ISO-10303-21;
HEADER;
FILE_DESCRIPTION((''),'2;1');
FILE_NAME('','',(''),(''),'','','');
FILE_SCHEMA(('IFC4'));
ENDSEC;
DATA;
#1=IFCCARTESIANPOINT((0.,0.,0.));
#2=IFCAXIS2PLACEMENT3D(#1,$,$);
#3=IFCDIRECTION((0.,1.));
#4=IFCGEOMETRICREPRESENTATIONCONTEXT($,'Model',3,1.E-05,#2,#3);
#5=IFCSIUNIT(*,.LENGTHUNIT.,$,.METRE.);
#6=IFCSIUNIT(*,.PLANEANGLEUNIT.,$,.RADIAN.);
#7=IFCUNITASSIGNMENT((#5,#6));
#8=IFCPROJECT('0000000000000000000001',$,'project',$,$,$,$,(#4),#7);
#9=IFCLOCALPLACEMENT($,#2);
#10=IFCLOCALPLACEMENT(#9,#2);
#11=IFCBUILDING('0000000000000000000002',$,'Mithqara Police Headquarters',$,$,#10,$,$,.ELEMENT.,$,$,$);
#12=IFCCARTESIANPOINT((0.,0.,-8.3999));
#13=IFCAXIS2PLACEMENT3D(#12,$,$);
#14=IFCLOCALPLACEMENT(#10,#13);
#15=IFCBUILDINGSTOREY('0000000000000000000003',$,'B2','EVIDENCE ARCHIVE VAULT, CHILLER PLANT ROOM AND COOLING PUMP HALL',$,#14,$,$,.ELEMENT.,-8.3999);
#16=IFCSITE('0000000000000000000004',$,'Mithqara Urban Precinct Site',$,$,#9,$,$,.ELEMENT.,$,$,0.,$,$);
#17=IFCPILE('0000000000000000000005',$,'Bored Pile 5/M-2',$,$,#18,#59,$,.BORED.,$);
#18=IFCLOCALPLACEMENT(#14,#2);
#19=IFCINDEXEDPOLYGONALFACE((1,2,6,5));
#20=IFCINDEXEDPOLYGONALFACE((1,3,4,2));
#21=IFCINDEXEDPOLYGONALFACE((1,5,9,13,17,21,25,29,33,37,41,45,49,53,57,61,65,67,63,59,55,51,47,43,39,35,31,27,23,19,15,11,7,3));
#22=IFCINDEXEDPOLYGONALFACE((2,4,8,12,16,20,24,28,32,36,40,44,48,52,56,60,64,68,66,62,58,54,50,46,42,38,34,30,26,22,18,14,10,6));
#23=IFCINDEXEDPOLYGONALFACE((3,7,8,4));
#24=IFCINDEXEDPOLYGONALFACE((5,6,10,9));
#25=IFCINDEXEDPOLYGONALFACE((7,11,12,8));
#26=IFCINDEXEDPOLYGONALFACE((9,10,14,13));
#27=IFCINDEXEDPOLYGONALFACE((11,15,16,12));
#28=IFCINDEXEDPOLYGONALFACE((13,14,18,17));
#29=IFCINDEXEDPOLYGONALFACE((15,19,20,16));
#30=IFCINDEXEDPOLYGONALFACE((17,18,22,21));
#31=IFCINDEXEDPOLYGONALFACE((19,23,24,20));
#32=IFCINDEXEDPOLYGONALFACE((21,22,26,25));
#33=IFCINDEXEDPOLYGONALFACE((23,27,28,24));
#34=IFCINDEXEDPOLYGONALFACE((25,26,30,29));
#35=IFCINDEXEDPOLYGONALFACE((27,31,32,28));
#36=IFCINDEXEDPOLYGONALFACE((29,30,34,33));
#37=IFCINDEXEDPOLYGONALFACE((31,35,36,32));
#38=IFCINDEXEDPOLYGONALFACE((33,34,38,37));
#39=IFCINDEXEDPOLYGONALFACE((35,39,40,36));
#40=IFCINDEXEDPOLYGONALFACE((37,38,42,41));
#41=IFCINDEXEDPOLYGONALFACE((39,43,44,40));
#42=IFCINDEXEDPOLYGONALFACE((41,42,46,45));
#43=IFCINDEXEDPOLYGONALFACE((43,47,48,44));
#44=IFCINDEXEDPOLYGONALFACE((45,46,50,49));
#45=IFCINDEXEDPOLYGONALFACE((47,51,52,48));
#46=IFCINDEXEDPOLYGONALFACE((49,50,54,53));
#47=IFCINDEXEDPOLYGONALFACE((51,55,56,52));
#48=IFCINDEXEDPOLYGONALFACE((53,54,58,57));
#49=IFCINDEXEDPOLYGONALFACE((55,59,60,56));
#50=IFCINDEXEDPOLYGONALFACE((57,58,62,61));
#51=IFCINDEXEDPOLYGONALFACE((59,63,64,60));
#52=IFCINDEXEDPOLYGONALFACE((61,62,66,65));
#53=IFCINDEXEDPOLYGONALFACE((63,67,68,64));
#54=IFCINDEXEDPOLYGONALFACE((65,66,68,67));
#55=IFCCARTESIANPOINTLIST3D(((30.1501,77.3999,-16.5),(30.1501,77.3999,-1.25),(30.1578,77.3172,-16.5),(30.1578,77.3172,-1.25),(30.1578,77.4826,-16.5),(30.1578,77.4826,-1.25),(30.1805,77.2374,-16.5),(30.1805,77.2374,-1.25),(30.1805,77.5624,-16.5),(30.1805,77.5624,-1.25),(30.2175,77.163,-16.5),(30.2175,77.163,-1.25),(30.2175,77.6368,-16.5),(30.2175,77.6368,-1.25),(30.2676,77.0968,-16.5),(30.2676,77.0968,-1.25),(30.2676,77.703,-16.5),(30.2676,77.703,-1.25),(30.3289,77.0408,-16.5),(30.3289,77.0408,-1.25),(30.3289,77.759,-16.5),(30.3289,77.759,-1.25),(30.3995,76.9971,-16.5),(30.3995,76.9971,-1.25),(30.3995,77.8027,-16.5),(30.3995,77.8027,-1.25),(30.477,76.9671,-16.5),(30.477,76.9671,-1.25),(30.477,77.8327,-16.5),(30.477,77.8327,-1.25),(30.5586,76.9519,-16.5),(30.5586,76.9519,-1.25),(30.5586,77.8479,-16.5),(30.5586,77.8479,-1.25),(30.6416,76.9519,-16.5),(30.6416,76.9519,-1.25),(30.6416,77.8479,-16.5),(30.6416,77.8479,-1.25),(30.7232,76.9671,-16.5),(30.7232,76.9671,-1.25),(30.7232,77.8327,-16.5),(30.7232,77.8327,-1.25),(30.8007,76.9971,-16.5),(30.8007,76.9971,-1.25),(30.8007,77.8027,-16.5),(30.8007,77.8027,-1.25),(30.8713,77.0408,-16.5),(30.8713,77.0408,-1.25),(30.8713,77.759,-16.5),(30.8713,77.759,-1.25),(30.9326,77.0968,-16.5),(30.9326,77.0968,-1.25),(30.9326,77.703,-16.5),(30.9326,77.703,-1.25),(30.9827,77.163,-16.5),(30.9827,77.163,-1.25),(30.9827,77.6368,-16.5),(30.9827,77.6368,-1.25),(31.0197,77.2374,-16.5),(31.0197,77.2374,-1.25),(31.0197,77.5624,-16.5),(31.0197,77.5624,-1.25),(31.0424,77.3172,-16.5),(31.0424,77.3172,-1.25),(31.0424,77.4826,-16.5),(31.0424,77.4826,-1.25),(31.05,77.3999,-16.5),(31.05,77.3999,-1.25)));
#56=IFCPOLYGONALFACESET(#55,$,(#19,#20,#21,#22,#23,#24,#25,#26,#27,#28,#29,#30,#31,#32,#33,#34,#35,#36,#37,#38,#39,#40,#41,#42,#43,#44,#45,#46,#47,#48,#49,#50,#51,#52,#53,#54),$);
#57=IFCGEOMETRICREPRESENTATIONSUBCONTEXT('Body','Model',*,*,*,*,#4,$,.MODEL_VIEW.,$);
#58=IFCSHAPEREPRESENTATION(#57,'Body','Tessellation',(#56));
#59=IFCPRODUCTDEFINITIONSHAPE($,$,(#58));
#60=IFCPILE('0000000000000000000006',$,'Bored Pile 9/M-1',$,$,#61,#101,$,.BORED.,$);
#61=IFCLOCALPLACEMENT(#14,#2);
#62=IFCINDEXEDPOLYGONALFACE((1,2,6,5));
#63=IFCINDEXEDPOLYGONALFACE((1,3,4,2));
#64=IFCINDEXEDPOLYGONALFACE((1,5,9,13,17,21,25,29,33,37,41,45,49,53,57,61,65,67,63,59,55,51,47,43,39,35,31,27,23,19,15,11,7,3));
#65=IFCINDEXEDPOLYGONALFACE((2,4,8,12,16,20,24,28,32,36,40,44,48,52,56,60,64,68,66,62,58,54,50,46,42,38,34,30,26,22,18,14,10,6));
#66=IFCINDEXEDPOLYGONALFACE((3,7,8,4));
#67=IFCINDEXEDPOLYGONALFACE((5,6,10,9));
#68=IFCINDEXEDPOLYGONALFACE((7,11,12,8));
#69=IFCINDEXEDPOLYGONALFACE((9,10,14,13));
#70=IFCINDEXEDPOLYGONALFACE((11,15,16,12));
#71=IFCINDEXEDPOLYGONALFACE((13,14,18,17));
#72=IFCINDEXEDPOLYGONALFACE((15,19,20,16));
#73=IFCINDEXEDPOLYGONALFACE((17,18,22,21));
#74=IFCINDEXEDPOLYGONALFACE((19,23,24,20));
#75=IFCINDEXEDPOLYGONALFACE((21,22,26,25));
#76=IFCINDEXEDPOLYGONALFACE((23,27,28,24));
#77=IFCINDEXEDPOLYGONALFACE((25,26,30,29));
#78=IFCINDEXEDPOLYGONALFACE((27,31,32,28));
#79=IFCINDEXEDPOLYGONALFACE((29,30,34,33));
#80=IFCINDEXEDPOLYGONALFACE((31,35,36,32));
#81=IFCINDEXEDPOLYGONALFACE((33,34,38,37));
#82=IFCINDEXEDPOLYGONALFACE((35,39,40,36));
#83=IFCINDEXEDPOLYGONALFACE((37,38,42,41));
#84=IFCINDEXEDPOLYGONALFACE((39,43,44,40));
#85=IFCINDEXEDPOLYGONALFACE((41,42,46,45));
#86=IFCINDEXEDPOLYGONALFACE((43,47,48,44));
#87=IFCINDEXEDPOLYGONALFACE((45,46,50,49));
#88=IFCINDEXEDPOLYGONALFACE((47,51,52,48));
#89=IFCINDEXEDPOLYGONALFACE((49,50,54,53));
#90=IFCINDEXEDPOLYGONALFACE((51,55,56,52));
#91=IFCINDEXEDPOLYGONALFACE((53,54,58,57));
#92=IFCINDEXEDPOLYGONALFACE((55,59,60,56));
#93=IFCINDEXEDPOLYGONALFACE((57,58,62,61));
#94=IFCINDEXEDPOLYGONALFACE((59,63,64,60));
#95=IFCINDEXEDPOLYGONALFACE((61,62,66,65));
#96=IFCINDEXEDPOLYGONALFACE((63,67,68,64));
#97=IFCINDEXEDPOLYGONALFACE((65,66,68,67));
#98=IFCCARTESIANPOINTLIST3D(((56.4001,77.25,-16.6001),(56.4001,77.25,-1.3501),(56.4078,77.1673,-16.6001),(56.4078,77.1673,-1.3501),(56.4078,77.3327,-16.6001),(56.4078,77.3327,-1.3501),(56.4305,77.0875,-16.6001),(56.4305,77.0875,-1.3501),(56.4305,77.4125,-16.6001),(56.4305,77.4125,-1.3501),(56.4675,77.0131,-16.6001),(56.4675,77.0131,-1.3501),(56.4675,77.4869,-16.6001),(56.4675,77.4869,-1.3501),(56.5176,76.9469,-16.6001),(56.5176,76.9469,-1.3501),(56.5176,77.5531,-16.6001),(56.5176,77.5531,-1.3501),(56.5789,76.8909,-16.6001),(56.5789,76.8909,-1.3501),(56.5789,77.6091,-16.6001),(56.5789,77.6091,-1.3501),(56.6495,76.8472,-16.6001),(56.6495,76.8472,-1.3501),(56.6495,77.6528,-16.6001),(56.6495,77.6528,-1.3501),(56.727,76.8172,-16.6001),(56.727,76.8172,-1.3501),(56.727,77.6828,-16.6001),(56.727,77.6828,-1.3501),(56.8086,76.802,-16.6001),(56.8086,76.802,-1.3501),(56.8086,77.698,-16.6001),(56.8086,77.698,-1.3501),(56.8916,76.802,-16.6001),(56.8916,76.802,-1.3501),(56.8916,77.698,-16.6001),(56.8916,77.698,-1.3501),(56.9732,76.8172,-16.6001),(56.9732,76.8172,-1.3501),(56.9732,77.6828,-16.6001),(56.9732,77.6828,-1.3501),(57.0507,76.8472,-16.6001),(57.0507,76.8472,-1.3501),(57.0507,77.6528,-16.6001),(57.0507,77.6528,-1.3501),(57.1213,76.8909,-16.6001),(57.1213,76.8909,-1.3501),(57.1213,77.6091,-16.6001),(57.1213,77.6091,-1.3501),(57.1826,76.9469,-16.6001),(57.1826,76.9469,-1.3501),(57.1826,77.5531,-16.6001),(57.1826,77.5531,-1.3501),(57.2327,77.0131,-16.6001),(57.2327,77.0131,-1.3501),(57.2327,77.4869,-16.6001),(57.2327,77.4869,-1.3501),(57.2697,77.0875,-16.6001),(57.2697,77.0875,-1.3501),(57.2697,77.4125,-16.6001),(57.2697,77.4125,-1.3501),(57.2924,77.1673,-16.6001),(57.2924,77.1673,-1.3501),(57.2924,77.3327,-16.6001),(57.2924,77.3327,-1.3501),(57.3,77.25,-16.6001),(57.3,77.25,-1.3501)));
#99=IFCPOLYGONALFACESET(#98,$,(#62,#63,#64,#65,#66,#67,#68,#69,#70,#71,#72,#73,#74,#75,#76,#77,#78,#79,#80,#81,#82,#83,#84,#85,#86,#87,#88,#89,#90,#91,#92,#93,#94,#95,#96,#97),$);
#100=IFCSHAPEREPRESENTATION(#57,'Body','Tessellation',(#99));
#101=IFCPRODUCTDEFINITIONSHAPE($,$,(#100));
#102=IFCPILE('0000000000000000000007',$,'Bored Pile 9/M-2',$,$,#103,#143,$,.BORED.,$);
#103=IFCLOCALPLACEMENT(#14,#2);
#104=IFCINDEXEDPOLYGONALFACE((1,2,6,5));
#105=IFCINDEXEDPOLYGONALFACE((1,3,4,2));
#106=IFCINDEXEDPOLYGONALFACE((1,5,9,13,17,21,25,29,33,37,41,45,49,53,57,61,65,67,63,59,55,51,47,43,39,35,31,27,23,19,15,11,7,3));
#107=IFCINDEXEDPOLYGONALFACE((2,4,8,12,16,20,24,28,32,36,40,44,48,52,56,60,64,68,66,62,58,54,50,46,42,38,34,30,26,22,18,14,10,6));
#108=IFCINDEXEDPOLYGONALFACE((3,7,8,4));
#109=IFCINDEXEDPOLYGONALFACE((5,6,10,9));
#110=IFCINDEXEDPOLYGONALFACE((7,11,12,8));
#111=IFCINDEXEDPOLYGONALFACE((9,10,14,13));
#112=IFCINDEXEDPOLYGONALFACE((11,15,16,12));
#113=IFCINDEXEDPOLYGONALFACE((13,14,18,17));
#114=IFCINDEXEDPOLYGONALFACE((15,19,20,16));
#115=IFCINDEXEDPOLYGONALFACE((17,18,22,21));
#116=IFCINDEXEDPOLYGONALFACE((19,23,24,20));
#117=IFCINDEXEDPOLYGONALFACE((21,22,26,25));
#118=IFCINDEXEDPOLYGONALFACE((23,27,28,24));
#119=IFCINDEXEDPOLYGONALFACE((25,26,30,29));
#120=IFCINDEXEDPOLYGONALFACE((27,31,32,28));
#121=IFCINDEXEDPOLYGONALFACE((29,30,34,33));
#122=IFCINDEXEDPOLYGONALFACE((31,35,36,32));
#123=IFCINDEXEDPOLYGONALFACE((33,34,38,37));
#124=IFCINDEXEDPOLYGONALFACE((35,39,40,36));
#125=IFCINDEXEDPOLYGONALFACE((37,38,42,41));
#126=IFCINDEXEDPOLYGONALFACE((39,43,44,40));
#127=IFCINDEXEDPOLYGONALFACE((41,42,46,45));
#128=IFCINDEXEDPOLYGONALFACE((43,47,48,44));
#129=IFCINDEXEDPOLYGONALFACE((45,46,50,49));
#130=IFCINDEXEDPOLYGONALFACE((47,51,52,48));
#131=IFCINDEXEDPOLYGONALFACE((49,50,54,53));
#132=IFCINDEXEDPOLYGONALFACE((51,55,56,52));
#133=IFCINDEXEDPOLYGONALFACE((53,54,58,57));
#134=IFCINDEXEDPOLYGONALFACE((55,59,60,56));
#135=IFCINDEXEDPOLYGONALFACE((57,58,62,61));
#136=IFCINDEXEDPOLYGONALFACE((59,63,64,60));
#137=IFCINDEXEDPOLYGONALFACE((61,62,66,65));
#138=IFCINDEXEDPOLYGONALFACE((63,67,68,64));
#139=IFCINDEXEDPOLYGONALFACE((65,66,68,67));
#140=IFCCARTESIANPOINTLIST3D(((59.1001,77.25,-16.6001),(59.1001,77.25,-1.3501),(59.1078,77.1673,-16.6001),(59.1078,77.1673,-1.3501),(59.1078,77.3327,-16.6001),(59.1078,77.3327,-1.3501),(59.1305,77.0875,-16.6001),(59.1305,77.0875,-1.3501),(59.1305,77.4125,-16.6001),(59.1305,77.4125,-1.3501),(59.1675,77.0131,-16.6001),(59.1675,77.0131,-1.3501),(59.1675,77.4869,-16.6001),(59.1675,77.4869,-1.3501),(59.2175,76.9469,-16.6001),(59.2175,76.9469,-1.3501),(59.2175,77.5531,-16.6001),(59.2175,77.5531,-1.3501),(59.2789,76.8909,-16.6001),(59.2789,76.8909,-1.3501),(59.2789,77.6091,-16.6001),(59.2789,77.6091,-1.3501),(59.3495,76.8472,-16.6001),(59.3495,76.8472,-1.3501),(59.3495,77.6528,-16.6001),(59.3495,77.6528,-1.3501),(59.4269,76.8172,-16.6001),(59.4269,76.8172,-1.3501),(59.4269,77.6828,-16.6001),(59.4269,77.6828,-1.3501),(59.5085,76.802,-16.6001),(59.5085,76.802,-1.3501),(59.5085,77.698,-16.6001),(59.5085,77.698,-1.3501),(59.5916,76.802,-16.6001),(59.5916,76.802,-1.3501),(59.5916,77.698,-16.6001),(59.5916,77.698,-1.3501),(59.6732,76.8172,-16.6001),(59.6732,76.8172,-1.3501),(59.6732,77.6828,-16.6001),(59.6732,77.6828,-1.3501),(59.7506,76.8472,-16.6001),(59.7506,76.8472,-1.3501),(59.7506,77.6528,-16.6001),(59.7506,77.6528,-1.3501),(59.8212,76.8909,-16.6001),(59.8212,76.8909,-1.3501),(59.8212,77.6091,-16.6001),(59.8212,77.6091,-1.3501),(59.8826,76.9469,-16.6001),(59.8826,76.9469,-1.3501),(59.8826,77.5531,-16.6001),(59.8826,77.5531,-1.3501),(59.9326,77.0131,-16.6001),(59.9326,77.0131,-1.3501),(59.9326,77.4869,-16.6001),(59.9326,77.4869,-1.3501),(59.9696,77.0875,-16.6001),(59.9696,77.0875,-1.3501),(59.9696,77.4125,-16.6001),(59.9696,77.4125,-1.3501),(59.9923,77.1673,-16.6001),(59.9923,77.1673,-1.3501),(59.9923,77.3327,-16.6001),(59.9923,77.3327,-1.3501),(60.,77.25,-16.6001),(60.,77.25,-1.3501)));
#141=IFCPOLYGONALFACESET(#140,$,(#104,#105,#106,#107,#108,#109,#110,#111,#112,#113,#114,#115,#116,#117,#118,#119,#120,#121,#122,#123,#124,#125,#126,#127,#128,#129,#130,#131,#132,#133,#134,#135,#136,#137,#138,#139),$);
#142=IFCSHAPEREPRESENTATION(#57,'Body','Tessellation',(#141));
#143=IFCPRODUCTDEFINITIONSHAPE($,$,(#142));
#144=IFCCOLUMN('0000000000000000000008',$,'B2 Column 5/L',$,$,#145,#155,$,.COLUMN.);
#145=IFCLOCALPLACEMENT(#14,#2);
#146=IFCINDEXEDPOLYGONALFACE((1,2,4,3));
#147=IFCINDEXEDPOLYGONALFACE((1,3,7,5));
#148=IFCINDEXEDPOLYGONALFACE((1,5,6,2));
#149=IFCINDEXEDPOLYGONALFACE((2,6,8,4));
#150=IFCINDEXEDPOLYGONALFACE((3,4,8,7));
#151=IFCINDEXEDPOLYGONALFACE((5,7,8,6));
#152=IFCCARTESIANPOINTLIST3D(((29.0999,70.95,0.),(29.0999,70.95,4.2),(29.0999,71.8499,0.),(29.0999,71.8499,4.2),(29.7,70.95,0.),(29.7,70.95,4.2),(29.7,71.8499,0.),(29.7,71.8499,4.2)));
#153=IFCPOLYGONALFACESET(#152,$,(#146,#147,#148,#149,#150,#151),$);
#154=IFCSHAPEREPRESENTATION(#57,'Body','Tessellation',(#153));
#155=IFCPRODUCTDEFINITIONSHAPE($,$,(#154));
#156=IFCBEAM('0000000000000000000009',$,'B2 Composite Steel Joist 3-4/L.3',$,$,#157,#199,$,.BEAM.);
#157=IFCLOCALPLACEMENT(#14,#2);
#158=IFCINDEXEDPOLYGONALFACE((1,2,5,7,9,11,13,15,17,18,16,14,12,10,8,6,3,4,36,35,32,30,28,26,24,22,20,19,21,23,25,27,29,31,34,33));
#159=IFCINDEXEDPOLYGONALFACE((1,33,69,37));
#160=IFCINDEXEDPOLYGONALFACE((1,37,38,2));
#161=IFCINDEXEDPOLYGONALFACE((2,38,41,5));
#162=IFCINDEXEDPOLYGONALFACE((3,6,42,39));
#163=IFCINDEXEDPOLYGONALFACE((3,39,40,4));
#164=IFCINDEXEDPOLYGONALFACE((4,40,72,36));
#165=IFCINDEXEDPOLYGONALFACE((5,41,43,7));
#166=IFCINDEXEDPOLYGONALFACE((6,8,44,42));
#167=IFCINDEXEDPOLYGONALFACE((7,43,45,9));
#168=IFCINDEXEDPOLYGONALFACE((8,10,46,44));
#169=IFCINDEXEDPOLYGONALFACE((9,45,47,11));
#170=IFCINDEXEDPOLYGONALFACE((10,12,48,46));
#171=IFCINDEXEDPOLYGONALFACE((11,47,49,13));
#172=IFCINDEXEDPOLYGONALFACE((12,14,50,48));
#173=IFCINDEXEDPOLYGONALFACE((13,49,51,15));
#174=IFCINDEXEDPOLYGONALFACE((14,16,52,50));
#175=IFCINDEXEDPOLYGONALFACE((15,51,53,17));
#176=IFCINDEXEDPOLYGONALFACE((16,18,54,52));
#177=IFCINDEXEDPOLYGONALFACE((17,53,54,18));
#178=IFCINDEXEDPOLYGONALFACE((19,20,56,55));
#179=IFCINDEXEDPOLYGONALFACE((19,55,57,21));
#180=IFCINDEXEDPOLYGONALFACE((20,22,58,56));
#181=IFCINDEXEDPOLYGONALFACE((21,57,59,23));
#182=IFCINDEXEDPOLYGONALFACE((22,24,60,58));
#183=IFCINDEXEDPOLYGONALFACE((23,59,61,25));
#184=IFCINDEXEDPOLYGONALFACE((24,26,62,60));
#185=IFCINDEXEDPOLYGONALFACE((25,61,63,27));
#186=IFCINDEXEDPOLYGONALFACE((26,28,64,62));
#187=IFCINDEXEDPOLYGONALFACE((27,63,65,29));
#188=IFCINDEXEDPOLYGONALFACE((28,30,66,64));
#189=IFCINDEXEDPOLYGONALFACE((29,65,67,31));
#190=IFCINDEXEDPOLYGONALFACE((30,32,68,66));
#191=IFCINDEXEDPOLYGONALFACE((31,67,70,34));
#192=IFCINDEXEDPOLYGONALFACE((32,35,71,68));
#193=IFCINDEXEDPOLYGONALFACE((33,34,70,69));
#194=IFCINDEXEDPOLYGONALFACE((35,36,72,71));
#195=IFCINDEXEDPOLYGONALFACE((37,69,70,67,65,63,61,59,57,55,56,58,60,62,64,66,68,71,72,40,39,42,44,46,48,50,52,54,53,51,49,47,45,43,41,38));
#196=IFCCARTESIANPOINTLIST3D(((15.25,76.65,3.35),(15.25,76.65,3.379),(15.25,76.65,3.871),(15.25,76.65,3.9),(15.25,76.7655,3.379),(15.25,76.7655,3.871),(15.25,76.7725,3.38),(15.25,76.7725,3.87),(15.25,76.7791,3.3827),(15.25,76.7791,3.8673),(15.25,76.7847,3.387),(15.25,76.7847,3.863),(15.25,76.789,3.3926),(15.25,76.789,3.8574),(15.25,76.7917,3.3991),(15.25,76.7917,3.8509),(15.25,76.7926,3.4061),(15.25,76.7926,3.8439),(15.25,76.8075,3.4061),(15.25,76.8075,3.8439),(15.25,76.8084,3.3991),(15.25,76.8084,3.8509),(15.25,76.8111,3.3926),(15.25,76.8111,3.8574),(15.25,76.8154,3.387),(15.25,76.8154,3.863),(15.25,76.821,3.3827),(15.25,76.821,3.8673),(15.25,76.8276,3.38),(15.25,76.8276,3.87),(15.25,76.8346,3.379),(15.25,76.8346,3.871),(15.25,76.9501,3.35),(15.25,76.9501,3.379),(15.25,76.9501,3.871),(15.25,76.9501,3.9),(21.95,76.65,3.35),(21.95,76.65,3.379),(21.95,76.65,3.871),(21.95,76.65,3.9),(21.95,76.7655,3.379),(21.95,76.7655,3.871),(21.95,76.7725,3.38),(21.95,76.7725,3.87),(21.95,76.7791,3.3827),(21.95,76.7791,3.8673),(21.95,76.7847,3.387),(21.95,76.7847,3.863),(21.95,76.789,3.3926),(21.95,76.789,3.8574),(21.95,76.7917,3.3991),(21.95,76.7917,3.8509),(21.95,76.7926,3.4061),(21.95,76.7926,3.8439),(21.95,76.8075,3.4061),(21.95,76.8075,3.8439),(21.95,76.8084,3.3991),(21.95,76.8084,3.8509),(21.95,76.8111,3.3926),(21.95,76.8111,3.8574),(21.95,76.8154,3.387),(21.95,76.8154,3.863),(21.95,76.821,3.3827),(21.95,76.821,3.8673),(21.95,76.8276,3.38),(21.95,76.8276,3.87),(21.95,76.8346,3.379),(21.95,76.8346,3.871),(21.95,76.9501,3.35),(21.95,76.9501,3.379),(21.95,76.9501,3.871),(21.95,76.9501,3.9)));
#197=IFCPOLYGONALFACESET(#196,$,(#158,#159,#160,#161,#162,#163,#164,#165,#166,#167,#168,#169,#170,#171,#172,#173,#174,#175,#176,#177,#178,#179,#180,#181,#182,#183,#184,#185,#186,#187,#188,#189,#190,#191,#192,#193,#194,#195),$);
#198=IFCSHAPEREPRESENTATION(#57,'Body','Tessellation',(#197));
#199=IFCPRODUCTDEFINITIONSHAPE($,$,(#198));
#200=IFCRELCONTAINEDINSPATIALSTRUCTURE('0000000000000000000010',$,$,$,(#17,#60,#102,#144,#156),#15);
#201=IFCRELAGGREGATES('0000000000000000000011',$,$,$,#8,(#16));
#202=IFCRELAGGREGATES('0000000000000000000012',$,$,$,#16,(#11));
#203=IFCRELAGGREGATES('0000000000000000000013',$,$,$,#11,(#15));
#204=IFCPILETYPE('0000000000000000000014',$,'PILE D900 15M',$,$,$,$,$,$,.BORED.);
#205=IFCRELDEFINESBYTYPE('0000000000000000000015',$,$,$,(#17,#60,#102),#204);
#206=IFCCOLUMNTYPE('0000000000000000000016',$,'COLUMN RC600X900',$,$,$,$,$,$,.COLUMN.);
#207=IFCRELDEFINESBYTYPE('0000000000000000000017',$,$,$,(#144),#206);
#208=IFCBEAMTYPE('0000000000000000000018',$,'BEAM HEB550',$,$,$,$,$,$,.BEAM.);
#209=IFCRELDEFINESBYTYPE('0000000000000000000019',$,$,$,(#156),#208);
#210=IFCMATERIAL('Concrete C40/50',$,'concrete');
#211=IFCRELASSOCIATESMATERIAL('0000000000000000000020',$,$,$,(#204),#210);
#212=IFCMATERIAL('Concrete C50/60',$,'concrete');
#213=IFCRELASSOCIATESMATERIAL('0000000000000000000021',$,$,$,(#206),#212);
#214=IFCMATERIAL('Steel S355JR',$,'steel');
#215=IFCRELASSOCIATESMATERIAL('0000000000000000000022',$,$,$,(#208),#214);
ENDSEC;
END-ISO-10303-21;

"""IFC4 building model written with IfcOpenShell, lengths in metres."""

from ifc_helpers import new_model, si_unit, direction, frame, origin, origin_2d, place, context, subcontext, project, spatial, rectangle, circle, i_section, extrude, material, material_profile, profile_set, type_object, element, save


model = new_model("IFC4")

# Units and contexts
model_context = context("Model", 3, precision=1e-05, world=origin(), true_north=direction((0.0, 1.0)))
body_context = subcontext(model_context, "Body", "Model", "MODEL_VIEW")
ifc_project = project(units=[si_unit("LENGTHUNIT", "METRE"), si_unit("PLANEANGLEUNIT", "RADIAN")], contexts=[model_context])

# Site, building, storey
site_placement = place(None, origin())
site = spatial("IfcSite", under=ifc_project, at=site_placement, Name="Mithqara Urban Precinct Site", CompositionType="ELEMENT", RefElevation=0.0)
building_placement = place(site_placement, origin())
building = spatial("IfcBuilding", under=site, at=building_placement, Name="Mithqara Police Headquarters", CompositionType="ELEMENT")
storey_placement = place(building_placement, frame((0.0, 0.0, -8.3999)))
storey = spatial("IfcBuildingStorey", under=building, at=storey_placement, Name="B2", Description="EVIDENCE ARCHIVE VAULT, CHILLER PLANT ROOM AND COOLING PUMP HALL", CompositionType="ELEMENT", Elevation=-8.3999)

# Shared definitions
ifc_material_1 = material(Name="Concrete C40/50", Category="concrete")

# Piles
ifc_material_profile_1 = material_profile(ifc_material_1, circle(Radius=0.45, at=origin_2d()), Name="PILE D900")
ifc_profile_set_1 = profile_set([ifc_material_profile_1], Name="Concrete C40/50")
pile_type_1 = type_object("IfcPileType", Name="PILE D900 15M", PredefinedType="BORED", material=ifc_profile_set_1)
for number, where, z_axis, x_axis, name in (
    (1, (30.6001, 77.3999, -1.25), (0.0, 0.0, -1.0), (1.0, 0.0, 0.0), "Bored Pile 5/M-2"),
    (2, (56.8501, 77.25, -1.3501), (0.0, 0.0, -1.0), (1.0, 0.0, 0.0), "Bored Pile 9/M-1"),
    (3, (59.55, 77.25, -1.3501), (0.0, 0.0, -1.0), (1.0, 0.0, 0.0), "Bored Pile 9/M-2"),
):
    element("IfcPile", number, at=place(storey_placement, frame(where, z_axis=z_axis, x_axis=x_axis)), inside=storey, type_object=pile_type_1, Name=name, PredefinedType="BORED", context=body_context, shape_type="SweptSolid", body=[
        extrude(circle(Radius=0.45, at=origin_2d()), origin(), (0.0, 0.0, 1.0), 15.25),
    ])

# Column
ifc_material_2 = material(Name="Concrete C50/60", Category="concrete")
ifc_material_profile_2 = material_profile(ifc_material_2, rectangle(XDim=0.6001, YDim=0.8999, at=origin_2d()), Name="RC 600x900")
ifc_profile_set_2 = profile_set([ifc_material_profile_2], Name="Concrete C50/60")
column_type = type_object("IfcColumnType", Name="COLUMN RC600X900", PredefinedType="COLUMN", material=ifc_profile_set_2)
column_placement = place(storey_placement, frame((29.3999, 71.3999, 0.0), z_axis=(0.0, 0.0, 1.0), x_axis=(1.0, 0.0, 0.0)))
element("IfcColumn", 4, at=column_placement, inside=storey, type_object=column_type, Name="B2 Column 5/L", PredefinedType="COLUMN", context=body_context, shape_type="SweptSolid", body=[
    extrude(rectangle(XDim=0.6001, YDim=0.8999, at=origin_2d()), origin(), (0.0, 0.0, 1.0), 4.2),
])

# Beam
ifc_material_3 = material(Name="Steel S355JR", Category="steel")
ifc_material_profile_3 = material_profile(ifc_material_3, i_section(OverallWidth=0.3, OverallDepth=0.55, WebThickness=0.0149, FlangeThickness=0.0291, FilletRadius=0.0271, at=origin_2d()), Name="HEB 550")
ifc_profile_set_3 = profile_set([ifc_material_profile_3], Name="Steel S355JR")
beam_type_1 = type_object("IfcBeamType", Name="BEAM HEB550", PredefinedType="BEAM", material=ifc_profile_set_3)
beam_1_placement = place(storey_placement, frame((15.25, 76.8, 3.625), z_axis=(1.0, 0.0, 0.0), x_axis=(0.0, 1.0, 0.0)))
element("IfcBeam", 5, at=beam_1_placement, inside=storey, type_object=beam_type_1, Name="B2 Composite Steel Joist 3-4/L.3", PredefinedType="BEAM", context=body_context, shape_type="SweptSolid", body=[
    extrude(i_section(OverallWidth=0.3, OverallDepth=0.55, WebThickness=0.0149, FlangeThickness=0.0291, FilletRadius=0.0271, at=origin_2d()), origin(), (0.0, 0.0, 1.0), 6.7),
])

save(model, "model.ifc")
